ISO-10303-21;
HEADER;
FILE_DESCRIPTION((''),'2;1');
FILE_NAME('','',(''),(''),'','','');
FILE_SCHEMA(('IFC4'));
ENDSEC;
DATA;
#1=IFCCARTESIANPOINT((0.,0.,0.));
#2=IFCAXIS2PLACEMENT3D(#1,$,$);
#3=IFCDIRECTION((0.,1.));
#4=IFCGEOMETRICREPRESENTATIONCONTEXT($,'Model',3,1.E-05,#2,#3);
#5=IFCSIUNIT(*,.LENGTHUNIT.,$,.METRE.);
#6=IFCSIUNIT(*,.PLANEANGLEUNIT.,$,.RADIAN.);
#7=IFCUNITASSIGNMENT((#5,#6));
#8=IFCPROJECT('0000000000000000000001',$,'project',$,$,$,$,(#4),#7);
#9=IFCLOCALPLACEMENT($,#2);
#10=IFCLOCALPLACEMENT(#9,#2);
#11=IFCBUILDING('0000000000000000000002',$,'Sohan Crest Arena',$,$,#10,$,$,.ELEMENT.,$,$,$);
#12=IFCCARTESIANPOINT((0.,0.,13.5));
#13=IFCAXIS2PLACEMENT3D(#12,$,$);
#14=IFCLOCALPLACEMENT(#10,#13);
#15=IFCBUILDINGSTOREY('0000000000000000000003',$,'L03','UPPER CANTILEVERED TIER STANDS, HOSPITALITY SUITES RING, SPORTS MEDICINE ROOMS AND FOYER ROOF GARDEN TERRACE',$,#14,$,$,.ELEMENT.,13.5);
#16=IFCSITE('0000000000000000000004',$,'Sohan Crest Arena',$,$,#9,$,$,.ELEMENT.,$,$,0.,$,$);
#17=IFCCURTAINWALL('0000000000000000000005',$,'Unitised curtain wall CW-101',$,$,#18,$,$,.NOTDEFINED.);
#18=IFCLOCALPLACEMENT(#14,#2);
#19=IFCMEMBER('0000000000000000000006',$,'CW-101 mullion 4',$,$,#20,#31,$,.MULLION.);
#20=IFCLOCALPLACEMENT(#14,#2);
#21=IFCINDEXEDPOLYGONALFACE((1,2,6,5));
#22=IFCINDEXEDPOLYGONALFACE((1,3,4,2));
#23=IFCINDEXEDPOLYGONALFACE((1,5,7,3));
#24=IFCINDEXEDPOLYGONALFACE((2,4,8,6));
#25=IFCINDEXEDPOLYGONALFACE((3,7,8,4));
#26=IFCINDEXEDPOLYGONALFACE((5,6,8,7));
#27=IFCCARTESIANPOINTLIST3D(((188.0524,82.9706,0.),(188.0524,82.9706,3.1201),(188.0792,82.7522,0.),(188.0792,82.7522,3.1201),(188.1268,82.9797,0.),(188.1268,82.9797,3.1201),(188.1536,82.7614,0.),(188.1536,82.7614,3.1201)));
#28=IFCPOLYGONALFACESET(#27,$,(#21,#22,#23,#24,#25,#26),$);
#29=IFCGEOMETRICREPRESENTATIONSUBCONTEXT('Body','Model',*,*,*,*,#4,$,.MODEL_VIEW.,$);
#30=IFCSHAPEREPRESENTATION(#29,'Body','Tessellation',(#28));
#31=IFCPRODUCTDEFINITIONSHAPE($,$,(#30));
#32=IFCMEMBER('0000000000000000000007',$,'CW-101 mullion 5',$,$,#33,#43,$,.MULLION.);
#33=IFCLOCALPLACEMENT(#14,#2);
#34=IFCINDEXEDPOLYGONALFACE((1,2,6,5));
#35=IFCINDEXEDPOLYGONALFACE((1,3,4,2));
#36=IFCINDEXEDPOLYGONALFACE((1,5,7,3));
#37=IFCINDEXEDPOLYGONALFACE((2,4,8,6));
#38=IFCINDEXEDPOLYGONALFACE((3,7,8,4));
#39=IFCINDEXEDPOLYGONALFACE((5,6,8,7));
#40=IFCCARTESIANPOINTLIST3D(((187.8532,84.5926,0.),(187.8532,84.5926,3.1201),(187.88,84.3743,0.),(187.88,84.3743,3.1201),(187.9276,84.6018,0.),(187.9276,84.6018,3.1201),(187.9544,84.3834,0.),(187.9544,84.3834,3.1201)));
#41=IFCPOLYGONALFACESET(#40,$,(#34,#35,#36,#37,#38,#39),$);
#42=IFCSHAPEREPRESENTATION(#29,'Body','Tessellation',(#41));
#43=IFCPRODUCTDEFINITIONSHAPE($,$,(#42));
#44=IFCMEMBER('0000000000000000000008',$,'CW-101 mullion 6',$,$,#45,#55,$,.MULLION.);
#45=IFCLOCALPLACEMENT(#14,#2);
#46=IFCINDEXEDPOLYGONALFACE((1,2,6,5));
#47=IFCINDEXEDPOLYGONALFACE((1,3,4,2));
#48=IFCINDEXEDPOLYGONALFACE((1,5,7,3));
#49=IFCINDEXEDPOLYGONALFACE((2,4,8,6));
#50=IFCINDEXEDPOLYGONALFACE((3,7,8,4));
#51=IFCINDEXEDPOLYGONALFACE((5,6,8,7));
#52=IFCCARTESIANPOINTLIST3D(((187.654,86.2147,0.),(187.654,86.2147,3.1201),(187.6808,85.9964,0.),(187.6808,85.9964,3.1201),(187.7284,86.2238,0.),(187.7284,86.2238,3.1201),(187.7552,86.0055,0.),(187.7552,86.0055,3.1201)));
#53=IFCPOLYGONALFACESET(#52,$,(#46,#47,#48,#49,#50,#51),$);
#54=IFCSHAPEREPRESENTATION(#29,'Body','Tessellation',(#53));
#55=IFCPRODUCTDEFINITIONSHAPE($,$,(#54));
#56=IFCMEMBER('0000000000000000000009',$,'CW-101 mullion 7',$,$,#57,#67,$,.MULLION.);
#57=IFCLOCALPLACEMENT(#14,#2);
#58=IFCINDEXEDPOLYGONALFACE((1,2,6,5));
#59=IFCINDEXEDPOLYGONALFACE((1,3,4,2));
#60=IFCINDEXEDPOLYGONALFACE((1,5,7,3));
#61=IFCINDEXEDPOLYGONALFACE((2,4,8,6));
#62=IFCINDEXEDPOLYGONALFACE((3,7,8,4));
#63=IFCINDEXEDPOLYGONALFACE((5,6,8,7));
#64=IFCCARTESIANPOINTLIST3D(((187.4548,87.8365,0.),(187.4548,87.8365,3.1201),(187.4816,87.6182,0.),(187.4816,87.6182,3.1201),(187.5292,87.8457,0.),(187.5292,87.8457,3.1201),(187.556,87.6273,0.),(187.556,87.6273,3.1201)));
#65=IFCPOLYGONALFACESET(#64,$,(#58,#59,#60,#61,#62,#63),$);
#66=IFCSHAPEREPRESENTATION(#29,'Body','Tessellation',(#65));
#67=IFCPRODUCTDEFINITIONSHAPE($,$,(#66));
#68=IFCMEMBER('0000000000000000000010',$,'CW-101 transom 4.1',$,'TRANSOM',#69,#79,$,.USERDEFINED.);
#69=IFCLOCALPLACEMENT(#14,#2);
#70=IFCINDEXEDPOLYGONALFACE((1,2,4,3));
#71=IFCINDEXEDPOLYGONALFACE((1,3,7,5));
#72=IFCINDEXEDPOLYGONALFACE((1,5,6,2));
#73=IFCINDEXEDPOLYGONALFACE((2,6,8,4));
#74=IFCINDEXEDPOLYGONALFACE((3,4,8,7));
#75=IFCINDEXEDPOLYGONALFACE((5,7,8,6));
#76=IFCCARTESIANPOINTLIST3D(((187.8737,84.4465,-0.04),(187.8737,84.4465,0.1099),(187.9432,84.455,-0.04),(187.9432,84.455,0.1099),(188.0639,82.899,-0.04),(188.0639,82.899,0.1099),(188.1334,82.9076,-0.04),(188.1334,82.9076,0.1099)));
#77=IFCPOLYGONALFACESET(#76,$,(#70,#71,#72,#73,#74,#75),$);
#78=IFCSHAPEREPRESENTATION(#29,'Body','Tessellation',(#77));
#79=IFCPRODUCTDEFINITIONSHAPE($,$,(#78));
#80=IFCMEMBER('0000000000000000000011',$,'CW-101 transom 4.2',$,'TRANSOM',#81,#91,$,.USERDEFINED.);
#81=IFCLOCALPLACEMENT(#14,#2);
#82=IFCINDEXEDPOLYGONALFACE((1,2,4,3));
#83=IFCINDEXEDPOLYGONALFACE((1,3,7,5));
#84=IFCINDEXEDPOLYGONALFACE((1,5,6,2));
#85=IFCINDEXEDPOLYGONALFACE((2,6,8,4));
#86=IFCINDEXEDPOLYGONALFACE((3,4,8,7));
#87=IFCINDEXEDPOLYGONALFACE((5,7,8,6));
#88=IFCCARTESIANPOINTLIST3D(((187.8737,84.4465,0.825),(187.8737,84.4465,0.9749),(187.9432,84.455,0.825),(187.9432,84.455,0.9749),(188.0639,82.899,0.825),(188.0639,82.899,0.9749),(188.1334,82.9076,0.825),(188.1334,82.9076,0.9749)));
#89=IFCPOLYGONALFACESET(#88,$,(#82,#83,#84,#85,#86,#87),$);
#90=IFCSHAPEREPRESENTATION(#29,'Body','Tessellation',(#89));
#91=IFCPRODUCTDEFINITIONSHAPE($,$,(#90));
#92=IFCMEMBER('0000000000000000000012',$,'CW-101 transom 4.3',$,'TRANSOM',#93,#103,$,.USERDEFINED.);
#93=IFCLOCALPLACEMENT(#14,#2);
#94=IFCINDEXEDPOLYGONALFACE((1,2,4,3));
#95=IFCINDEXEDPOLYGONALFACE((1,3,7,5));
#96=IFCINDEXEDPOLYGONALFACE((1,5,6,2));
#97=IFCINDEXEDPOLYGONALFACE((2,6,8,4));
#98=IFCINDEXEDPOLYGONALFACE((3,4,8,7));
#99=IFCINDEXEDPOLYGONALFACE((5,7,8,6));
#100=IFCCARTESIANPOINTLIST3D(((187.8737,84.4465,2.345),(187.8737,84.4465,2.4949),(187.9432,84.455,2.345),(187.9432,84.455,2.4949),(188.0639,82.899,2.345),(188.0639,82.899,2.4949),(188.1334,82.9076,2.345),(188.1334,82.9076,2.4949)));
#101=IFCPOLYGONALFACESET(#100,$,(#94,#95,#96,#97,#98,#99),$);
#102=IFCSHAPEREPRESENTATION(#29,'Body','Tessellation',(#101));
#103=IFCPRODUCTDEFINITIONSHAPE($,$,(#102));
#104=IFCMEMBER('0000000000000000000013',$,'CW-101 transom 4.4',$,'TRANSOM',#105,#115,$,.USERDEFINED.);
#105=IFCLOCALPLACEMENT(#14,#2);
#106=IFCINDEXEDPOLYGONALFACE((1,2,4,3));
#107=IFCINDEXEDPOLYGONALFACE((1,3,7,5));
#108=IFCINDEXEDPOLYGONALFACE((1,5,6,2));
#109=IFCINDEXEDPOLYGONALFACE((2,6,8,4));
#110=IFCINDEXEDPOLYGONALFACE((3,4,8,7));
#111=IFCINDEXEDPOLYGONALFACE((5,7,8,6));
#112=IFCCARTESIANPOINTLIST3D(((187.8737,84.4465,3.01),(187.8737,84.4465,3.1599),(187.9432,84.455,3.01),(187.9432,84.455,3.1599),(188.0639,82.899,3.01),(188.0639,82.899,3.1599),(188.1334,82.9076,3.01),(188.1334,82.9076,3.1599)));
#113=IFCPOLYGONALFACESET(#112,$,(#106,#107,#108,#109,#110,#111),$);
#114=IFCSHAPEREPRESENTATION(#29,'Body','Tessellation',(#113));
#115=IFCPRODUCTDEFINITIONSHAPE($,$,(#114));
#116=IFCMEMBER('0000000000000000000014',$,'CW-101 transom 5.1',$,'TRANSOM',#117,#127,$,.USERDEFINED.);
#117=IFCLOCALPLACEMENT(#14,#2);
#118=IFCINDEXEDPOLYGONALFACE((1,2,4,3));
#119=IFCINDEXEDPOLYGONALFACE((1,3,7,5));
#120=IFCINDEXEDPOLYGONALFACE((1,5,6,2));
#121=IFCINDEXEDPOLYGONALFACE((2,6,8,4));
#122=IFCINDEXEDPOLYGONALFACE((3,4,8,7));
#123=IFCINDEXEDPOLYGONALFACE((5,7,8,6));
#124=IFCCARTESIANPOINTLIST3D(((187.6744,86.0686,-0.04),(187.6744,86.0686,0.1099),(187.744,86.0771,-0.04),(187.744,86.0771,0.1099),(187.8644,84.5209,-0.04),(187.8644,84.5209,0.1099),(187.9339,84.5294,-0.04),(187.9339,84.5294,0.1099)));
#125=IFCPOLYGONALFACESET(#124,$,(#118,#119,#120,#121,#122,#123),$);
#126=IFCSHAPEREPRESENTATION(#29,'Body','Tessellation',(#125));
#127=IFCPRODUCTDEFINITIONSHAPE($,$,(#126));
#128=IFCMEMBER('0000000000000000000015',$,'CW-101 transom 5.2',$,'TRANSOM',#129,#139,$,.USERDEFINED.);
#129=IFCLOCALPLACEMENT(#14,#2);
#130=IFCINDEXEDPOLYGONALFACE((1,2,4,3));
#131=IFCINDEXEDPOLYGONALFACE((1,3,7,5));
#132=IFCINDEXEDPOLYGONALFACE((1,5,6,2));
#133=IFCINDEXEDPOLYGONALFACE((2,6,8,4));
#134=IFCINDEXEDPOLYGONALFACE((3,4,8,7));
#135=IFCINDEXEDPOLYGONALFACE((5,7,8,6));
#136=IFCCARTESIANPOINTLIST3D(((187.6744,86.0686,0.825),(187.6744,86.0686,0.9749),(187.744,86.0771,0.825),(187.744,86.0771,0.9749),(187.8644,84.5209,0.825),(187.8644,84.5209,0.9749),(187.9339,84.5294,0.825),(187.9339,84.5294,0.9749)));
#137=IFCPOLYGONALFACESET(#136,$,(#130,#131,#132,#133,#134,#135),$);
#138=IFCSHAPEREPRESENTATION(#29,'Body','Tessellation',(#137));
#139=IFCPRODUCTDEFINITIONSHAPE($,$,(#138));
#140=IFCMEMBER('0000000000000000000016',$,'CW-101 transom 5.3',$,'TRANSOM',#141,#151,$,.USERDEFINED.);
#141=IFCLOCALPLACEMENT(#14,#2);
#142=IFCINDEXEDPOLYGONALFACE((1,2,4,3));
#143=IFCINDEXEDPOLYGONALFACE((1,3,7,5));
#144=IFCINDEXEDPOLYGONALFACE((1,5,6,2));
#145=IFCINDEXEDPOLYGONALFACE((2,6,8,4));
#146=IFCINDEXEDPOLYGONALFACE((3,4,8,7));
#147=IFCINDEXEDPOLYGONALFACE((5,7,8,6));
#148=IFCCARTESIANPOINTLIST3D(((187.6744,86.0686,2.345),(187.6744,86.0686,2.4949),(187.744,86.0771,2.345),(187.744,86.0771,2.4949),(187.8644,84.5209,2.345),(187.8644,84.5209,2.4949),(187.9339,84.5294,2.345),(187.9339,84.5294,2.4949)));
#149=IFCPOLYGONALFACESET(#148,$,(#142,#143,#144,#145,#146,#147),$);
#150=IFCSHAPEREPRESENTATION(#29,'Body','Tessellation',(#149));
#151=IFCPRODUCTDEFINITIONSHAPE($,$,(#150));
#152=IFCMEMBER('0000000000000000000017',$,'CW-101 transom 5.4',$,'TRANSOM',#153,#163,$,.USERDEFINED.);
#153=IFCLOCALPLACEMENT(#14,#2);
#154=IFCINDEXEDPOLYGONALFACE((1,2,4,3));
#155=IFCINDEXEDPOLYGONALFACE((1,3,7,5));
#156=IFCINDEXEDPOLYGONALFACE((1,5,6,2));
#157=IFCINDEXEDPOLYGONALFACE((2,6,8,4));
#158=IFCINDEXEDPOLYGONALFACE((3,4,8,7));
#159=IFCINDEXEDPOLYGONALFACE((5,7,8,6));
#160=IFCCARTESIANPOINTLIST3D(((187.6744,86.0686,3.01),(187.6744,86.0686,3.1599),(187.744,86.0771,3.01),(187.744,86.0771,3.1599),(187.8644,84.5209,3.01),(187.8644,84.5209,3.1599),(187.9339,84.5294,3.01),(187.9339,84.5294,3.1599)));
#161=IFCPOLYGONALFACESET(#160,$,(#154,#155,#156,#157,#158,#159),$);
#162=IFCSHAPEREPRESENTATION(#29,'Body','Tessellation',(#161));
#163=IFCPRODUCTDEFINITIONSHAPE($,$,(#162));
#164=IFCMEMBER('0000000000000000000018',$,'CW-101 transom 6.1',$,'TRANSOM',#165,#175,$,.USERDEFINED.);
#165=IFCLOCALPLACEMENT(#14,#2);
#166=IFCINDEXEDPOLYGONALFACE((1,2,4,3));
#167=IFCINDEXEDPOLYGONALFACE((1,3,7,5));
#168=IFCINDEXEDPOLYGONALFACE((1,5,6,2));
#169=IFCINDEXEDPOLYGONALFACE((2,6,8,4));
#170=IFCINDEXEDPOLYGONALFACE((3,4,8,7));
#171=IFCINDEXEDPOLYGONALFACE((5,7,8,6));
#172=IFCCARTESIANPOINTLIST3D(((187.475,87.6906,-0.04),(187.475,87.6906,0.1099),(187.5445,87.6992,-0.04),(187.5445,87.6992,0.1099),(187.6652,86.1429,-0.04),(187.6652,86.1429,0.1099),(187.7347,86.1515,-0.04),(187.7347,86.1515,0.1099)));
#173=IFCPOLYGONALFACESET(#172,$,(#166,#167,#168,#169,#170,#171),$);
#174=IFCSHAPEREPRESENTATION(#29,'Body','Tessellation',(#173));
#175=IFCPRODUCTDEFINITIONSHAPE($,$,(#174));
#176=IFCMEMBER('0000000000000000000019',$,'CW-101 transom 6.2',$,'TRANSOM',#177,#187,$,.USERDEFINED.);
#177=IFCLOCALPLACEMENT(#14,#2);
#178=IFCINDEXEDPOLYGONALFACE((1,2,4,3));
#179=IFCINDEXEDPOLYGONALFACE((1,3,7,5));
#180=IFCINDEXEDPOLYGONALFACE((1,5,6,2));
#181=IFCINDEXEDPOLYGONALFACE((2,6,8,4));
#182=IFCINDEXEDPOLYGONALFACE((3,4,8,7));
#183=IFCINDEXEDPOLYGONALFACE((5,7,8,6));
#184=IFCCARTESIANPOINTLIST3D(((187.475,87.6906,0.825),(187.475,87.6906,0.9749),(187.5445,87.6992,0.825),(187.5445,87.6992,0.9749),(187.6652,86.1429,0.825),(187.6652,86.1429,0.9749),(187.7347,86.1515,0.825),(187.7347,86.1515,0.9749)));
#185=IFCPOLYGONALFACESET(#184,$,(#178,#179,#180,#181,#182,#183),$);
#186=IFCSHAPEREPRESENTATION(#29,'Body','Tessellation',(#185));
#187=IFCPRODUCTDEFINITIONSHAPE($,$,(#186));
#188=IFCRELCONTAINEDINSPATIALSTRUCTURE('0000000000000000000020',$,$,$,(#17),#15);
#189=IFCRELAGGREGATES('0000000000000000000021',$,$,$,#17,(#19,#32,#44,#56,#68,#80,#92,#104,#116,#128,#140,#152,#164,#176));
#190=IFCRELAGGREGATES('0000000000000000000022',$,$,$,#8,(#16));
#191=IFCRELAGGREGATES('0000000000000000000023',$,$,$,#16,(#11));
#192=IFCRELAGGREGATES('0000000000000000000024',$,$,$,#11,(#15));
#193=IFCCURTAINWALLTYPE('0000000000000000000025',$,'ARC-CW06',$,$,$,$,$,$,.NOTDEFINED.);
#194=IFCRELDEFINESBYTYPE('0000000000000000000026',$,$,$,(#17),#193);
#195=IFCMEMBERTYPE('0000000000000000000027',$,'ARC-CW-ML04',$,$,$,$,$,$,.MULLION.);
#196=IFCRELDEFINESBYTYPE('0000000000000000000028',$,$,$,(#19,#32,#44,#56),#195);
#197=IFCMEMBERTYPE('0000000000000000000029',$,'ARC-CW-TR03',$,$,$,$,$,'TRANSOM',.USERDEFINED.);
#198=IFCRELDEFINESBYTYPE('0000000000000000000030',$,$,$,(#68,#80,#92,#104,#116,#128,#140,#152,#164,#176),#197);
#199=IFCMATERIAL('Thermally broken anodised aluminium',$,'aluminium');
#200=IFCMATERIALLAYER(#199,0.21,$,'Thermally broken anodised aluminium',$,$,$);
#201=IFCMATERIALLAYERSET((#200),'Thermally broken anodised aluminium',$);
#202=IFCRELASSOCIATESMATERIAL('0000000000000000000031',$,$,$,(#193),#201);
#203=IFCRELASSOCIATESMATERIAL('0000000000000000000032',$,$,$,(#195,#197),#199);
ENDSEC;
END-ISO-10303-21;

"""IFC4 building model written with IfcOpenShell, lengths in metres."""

from ifc_helpers import new_model, si_unit, direction, frame, origin, origin_2d, place, context, subcontext, project, spatial, rectangle, extrude, material, layer, layer_set, material_profile, profile_set, type_object, element, aggregate, save


model = new_model("IFC4")

# Units and contexts
model_context = context("Model", 3, precision=1e-05, world=origin(), true_north=direction((0.0, 1.0)))
body_context = subcontext(model_context, "Body", "Model", "MODEL_VIEW")
ifc_project = project(units=[si_unit("LENGTHUNIT", "METRE"), si_unit("PLANEANGLEUNIT", "RADIAN")], contexts=[model_context])

# Site, building, storey
site_placement = place(None, origin())
site = spatial("IfcSite", under=ifc_project, at=site_placement, Name="Sohan Crest Arena", CompositionType="ELEMENT", RefElevation=0.0)
building_placement = place(site_placement, origin())
building = spatial("IfcBuilding", under=site, at=building_placement, Name="Sohan Crest Arena", CompositionType="ELEMENT")
storey_placement = place(building_placement, frame((0.0, 0.0, 13.5)))
storey = spatial("IfcBuildingStorey", under=building, at=storey_placement, Name="L03", Description="UPPER CANTILEVERED TIER STANDS, HOSPITALITY SUITES RING, SPORTS MEDICINE ROOMS AND FOYER ROOF GARDEN TERRACE", CompositionType="ELEMENT", Elevation=13.5)

# Curtain wall, members
ifc_material_1 = material(Name="Thermally broken anodised aluminium", Category="aluminium")
ifc_layer_1 = layer(ifc_material_1, 0.21, Name="Thermally broken anodised aluminium")
ifc_layer_set_1 = layer_set([ifc_layer_1], Name="Thermally broken anodised aluminium")
curtain_wall_type = type_object("IfcCurtainWallType", Name="ARC-CW06", PredefinedType="NOTDEFINED", material=ifc_layer_set_1)
curtain_wall_placement = place(storey_placement, origin())
curtain_wall = element("IfcCurtainWall", 1, at=curtain_wall_placement, inside=storey, type_object=curtain_wall_type, Name="Unitised curtain wall CW-101", PredefinedType="NOTDEFINED")
ifc_material_profile_1 = material_profile(ifc_material_1, rectangle(XDim=0.075, YDim=0.22, at=origin_2d()), Name="ALU-MULL 75x220")
ifc_profile_set_1 = profile_set([ifc_material_profile_1], Name="Thermally broken anodised aluminium")
member_type_1 = type_object("IfcMemberType", Name="ARC-CW-ML04", PredefinedType="MULLION", material=ifc_profile_set_1)
member_1_placement = place(storey_placement, frame((188.103, 82.866, 0.0), z_axis=(0.0, 0.0, 1.0), x_axis=(-0.992537, -0.121947, 0.0)))
member_1 = element("IfcMember", 2, at=member_1_placement, type_object=member_type_1, Name="CW-101 mullion 4", PredefinedType="MULLION", context=body_context, shape_type="SweptSolid", body=[
    extrude(rectangle(XDim=0.075, YDim=0.22, at=origin_2d()), origin(), (0.0, 0.0, 1.0), 3.1201),
])
member_2_placement = place(storey_placement, frame((187.9038, 84.488, 0.0), z_axis=(0.0, 0.0, 1.0), x_axis=(-0.992537, -0.121947, 0.0)))
member_2 = element("IfcMember", 3, at=member_2_placement, type_object=member_type_1, Name="CW-101 mullion 5", PredefinedType="MULLION", context=body_context, shape_type="SweptSolid", body=[
    extrude(rectangle(XDim=0.075, YDim=0.22, at=origin_2d()), origin(), (0.0, 0.0, 1.0), 3.1201),
])
member_3_placement = place(storey_placement, frame((187.7046, 86.1101, 0.0), z_axis=(0.0, 0.0, 1.0), x_axis=(-0.992537, -0.121947, 0.0)))
member_3 = element("IfcMember", 4, at=member_3_placement, type_object=member_type_1, Name="CW-101 mullion 6", PredefinedType="MULLION", context=body_context, shape_type="SweptSolid", body=[
    extrude(rectangle(XDim=0.075, YDim=0.22, at=origin_2d()), origin(), (0.0, 0.0, 1.0), 3.1201),
])
member_4_placement = place(storey_placement, frame((187.5054, 87.7319, 0.0), z_axis=(0.0, 0.0, 1.0), x_axis=(-0.992537, -0.121947, 0.0)))
member_4 = element("IfcMember", 5, at=member_4_placement, type_object=member_type_1, Name="CW-101 mullion 7", PredefinedType="MULLION", context=body_context, shape_type="SweptSolid", body=[
    extrude(rectangle(XDim=0.075, YDim=0.22, at=origin_2d()), origin(), (0.0, 0.0, 1.0), 3.1201),
])
ifc_material_profile_2 = material_profile(ifc_material_1, rectangle(XDim=0.0701, YDim=0.1499, at=origin_2d()), Name="ALU-TRAN 70x150")
ifc_profile_set_2 = profile_set([ifc_material_profile_2], Name="Thermally broken anodised aluminium")
member_type_2 = type_object("IfcMemberType", Name="ARC-CW-TR03", ElementType="TRANSOM", PredefinedType="USERDEFINED", material=ifc_profile_set_2)
member_5_placement = place(storey_placement, frame((188.0986, 82.9033, 0.0349), z_axis=(-0.121991, 0.992531, 0.0), x_axis=(-0.992531, -0.121991, 0.0)))
member_5 = element("IfcMember", 6, at=member_5_placement, type_object=member_type_2, Name="CW-101 transom 4.1", ObjectType="TRANSOM", PredefinedType="USERDEFINED", context=body_context, shape_type="SweptSolid", body=[
    extrude(rectangle(XDim=0.0701, YDim=0.1499, at=origin_2d()), origin(), (0.0, 0.0, 1.0), 1.5591),
])
member_6_placement = place(storey_placement, frame((188.0986, 82.9033, 0.8999), z_axis=(-0.121991, 0.992531, 0.0), x_axis=(-0.992531, -0.121991, 0.0)))
member_6 = element("IfcMember", 7, at=member_6_placement, type_object=member_type_2, Name="CW-101 transom 4.2", ObjectType="TRANSOM", PredefinedType="USERDEFINED", context=body_context, shape_type="SweptSolid", body=[
    extrude(rectangle(XDim=0.0701, YDim=0.1499, at=origin_2d()), origin(), (0.0, 0.0, 1.0), 1.5591),
])
member_7_placement = place(storey_placement, frame((188.0986, 82.9033, 2.4199), z_axis=(-0.121991, 0.992531, 0.0), x_axis=(-0.992531, -0.121991, 0.0)))
member_7 = element("IfcMember", 8, at=member_7_placement, type_object=member_type_2, Name="CW-101 transom 4.3", ObjectType="TRANSOM", PredefinedType="USERDEFINED", context=body_context, shape_type="SweptSolid", body=[
    extrude(rectangle(XDim=0.0701, YDim=0.1499, at=origin_2d()), origin(), (0.0, 0.0, 1.0), 1.5591),
])
member_8_placement = place(storey_placement, frame((188.0986, 82.9033, 3.085), z_axis=(-0.121991, 0.992531, 0.0), x_axis=(-0.992531, -0.121991, 0.0)))
member_8 = element("IfcMember", 9, at=member_8_placement, type_object=member_type_2, Name="CW-101 transom 4.4", ObjectType="TRANSOM", PredefinedType="USERDEFINED", context=body_context, shape_type="SweptSolid", body=[
    extrude(rectangle(XDim=0.0701, YDim=0.1499, at=origin_2d()), origin(), (0.0, 0.0, 1.0), 1.5591),
])
member_9_placement = place(storey_placement, frame((187.8992, 84.5251, 0.0349), z_axis=(-0.121818, 0.992552, 0.0), x_axis=(-0.992552, -0.121818, 0.0)))
member_9 = element("IfcMember", 10, at=member_9_placement, type_object=member_type_2, Name="CW-101 transom 5.1", ObjectType="TRANSOM", PredefinedType="USERDEFINED", context=body_context, shape_type="SweptSolid", body=[
    extrude(rectangle(XDim=0.0701, YDim=0.1499, at=origin_2d()), origin(), (0.0, 0.0, 1.0), 1.5593),
])
member_10_placement = place(storey_placement, frame((187.8992, 84.5251, 0.8999), z_axis=(-0.121818, 0.992552, 0.0), x_axis=(-0.992552, -0.121818, 0.0)))
member_10 = element("IfcMember", 11, at=member_10_placement, type_object=member_type_2, Name="CW-101 transom 5.2", ObjectType="TRANSOM", PredefinedType="USERDEFINED", context=body_context, shape_type="SweptSolid", body=[
    extrude(rectangle(XDim=0.0701, YDim=0.1499, at=origin_2d()), origin(), (0.0, 0.0, 1.0), 1.5593),
])
member_11_placement = place(storey_placement, frame((187.8992, 84.5251, 2.4199), z_axis=(-0.121818, 0.992552, 0.0), x_axis=(-0.992552, -0.121818, 0.0)))
member_11 = element("IfcMember", 12, at=member_11_placement, type_object=member_type_2, Name="CW-101 transom 5.3", ObjectType="TRANSOM", PredefinedType="USERDEFINED", context=body_context, shape_type="SweptSolid", body=[
    extrude(rectangle(XDim=0.0701, YDim=0.1499, at=origin_2d()), origin(), (0.0, 0.0, 1.0), 1.5593),
])
member_12_placement = place(storey_placement, frame((187.8992, 84.5251, 3.085), z_axis=(-0.121818, 0.992552, 0.0), x_axis=(-0.992552, -0.121818, 0.0)))
member_12 = element("IfcMember", 13, at=member_12_placement, type_object=member_type_2, Name="CW-101 transom 5.4", ObjectType="TRANSOM", PredefinedType="USERDEFINED", context=body_context, shape_type="SweptSolid", body=[
    extrude(rectangle(XDim=0.0701, YDim=0.1499, at=origin_2d()), origin(), (0.0, 0.0, 1.0), 1.5593),
])
member_13_placement = place(storey_placement, frame((187.7, 86.1472, 0.0349), z_axis=(-0.121972, 0.992533, 0.0), x_axis=(-0.992533, -0.121972, 0.0)))
member_13 = element("IfcMember", 14, at=member_13_placement, type_object=member_type_2, Name="CW-101 transom 6.1", ObjectType="TRANSOM", PredefinedType="USERDEFINED", context=body_context, shape_type="SweptSolid", body=[
    extrude(rectangle(XDim=0.0701, YDim=0.1499, at=origin_2d()), origin(), (0.0, 0.0, 1.0), 1.5593),
])
member_14_placement = place(storey_placement, frame((187.7, 86.1472, 0.8999), z_axis=(-0.121972, 0.992533, 0.0), x_axis=(-0.992533, -0.121972, 0.0)))
member_14 = element("IfcMember", 15, at=member_14_placement, type_object=member_type_2, Name="CW-101 transom 6.2", ObjectType="TRANSOM", PredefinedType="USERDEFINED", context=body_context, shape_type="SweptSolid", body=[
    extrude(rectangle(XDim=0.0701, YDim=0.1499, at=origin_2d()), origin(), (0.0, 0.0, 1.0), 1.5593),
])
aggregate(curtain_wall, [member_1, member_2, member_3, member_4, member_5, member_6, member_7, member_8, member_9, member_10, member_11, member_12, member_13, member_14])

save(model, "model.ifc")
